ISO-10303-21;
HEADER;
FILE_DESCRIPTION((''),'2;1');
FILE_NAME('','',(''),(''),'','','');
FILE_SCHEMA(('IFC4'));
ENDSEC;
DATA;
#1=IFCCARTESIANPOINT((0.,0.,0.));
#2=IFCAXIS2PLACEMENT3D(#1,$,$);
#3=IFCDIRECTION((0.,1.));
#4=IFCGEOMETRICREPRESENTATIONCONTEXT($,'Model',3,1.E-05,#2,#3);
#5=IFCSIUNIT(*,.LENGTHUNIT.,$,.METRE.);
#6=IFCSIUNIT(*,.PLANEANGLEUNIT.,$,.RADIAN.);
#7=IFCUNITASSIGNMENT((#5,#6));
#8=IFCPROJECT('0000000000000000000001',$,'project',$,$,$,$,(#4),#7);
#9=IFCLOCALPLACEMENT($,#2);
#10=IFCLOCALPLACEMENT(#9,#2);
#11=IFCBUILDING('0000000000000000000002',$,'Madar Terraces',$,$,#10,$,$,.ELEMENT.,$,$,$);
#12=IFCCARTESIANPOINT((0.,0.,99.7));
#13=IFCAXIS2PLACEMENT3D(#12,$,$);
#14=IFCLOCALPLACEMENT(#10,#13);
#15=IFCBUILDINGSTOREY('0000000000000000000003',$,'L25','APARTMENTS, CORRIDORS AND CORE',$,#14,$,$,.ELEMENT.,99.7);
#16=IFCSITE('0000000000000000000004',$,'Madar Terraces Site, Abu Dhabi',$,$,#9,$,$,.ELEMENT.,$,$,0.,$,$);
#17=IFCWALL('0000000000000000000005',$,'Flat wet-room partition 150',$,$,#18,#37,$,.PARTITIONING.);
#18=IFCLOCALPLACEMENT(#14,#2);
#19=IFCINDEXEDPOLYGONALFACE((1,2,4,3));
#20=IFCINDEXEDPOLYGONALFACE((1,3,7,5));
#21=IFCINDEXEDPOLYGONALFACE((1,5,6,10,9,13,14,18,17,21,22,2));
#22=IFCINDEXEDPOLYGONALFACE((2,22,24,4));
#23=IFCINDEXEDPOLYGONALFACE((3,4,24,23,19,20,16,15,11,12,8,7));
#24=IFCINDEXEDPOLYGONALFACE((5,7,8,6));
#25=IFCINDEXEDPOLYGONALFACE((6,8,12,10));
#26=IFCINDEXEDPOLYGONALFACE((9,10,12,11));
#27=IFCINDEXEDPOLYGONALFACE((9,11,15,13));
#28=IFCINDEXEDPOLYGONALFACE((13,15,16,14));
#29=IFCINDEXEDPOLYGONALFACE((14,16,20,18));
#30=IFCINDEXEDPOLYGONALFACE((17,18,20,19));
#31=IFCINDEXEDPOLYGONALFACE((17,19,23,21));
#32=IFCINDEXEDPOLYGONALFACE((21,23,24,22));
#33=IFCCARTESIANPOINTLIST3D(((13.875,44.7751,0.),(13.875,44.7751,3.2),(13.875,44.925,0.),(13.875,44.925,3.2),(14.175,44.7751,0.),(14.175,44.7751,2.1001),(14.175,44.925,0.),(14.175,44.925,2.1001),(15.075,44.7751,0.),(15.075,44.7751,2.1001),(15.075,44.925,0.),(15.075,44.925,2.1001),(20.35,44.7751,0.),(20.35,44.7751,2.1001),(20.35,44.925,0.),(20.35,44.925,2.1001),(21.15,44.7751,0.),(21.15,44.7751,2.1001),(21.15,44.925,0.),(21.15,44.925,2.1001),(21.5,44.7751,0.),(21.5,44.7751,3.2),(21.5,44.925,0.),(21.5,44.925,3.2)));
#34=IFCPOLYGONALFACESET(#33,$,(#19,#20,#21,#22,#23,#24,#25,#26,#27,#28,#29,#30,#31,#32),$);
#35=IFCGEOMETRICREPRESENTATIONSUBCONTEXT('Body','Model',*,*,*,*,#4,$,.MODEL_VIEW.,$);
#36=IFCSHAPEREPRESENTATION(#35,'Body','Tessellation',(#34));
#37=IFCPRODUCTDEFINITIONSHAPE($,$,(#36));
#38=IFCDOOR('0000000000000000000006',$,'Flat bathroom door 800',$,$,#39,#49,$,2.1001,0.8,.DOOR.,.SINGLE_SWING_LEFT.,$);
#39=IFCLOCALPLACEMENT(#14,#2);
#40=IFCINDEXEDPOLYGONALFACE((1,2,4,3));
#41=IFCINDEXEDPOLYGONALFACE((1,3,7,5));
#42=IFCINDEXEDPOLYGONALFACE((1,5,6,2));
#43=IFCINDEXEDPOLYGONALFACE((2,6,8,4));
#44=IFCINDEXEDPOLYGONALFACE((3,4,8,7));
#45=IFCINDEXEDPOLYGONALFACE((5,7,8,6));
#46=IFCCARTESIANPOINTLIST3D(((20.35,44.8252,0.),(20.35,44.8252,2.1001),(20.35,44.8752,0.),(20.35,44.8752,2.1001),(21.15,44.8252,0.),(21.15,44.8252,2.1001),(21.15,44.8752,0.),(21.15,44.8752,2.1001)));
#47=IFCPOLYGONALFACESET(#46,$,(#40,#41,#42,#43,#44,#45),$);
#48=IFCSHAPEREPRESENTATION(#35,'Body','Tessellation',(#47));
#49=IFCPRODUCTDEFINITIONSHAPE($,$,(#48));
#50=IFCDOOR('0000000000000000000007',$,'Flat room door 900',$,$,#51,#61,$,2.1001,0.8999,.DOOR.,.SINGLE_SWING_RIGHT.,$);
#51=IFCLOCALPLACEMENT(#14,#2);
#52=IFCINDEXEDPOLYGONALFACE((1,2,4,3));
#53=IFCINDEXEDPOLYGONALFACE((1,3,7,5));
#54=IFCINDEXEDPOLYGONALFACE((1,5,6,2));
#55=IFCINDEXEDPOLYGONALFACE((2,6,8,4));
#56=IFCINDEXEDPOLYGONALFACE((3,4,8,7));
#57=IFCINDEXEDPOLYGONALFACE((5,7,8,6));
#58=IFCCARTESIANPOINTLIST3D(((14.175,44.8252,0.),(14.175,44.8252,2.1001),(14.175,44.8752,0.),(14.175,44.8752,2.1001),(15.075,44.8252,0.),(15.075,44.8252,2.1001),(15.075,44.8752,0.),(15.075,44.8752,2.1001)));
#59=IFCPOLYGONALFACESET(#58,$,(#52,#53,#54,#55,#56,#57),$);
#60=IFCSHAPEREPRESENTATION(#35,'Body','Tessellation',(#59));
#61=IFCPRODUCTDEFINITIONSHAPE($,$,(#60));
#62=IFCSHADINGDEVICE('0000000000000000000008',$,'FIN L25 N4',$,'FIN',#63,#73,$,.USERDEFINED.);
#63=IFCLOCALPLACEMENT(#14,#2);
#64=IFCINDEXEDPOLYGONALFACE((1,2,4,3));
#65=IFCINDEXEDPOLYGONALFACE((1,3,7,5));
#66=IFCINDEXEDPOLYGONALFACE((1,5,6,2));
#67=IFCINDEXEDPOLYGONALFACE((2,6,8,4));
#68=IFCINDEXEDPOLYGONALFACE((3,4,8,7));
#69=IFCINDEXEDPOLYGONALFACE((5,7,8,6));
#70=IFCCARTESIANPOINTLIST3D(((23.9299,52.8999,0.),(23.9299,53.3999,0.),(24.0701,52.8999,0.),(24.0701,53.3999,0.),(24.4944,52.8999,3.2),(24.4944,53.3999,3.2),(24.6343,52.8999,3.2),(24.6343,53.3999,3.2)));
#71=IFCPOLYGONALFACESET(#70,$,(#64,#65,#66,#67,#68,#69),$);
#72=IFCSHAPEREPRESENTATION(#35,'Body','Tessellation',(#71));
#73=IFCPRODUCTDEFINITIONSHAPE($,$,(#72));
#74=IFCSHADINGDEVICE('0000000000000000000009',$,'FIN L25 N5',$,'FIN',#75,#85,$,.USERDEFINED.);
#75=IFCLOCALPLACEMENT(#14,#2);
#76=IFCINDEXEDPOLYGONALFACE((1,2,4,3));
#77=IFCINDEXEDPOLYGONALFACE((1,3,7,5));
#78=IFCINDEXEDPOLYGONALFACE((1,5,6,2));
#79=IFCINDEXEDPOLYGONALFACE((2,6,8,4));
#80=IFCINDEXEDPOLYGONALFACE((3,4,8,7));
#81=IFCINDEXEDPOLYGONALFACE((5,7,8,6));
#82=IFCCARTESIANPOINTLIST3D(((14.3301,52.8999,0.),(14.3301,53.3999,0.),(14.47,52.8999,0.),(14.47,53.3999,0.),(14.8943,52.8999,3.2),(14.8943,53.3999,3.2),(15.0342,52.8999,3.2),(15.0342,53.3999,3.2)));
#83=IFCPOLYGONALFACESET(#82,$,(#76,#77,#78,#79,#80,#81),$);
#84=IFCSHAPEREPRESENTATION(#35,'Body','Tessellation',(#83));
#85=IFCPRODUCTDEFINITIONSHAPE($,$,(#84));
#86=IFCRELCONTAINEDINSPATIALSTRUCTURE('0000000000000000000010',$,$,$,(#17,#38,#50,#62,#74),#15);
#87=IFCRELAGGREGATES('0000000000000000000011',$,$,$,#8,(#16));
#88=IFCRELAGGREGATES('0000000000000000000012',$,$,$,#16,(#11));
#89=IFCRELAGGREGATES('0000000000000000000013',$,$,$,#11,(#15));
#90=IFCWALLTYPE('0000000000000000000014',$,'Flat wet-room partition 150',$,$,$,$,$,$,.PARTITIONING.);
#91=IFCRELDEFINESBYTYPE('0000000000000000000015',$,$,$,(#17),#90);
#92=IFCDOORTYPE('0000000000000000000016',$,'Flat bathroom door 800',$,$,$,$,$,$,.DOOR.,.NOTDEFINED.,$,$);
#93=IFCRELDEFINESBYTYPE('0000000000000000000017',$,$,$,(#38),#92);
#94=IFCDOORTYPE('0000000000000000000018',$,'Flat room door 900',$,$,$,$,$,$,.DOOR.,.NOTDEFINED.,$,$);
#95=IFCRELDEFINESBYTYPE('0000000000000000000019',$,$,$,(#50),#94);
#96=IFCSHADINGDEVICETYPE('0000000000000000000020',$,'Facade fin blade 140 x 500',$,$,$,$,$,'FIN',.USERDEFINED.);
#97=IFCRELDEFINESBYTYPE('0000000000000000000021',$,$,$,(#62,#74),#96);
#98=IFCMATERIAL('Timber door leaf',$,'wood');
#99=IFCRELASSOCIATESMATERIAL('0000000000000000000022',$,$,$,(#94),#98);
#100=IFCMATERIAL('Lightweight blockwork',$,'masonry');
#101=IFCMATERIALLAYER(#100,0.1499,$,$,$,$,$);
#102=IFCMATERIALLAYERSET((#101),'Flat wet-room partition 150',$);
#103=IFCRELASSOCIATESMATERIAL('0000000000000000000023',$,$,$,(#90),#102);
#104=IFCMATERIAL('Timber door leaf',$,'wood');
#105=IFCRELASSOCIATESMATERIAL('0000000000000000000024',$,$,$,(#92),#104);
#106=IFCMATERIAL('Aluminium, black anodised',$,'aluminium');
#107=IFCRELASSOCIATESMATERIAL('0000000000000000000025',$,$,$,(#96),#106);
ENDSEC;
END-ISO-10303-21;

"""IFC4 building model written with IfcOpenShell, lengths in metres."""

from ifc_helpers import new_model, si_unit, direction, frame, frame_2d, origin, place, context, subcontext, project, spatial, polyline, rectangle, outline, extrude, material, layer, layer_set, type_object, element, fill, save


model = new_model("IFC4")

# Units and contexts
model_context = context("Model", 3, precision=1e-05, world=origin(), true_north=direction((0.0, 1.0)))
body_context = subcontext(model_context, "Body", "Model", "MODEL_VIEW")
ifc_project = project(units=[si_unit("LENGTHUNIT", "METRE"), si_unit("PLANEANGLEUNIT", "RADIAN")], contexts=[model_context])

# Site, building, storey
site_placement = place(None, origin())
site = spatial("IfcSite", under=ifc_project, at=site_placement, Name="Madar Terraces Site, Abu Dhabi", CompositionType="ELEMENT", RefElevation=0.0)
building_placement = place(site_placement, origin())
building = spatial("IfcBuilding", under=site, at=building_placement, Name="Madar Terraces", CompositionType="ELEMENT")
storey_placement = place(building_placement, frame((0.0, 0.0, 99.7)))
storey = spatial("IfcBuildingStorey", under=building, at=storey_placement, Name="L25", Description="APARTMENTS, CORRIDORS AND CORE", CompositionType="ELEMENT", Elevation=99.7)

# Shared definitions
ifc_material_1 = material(Name="Timber door leaf", Category="wood")
door_type_1 = type_object("IfcDoorType", Name="Flat room door 900", OperationType="NOTDEFINED", PredefinedType="DOOR", material=ifc_material_1)

# Wall, openings, doors
ifc_material_2 = material(Name="Lightweight blockwork", Category="masonry")
ifc_layer_1 = layer(ifc_material_2, 0.1499)
ifc_layer_set_1 = layer_set([ifc_layer_1], Name="Flat wet-room partition 150")
wall_type_1 = type_object("IfcWallType", Name="Flat wet-room partition 150", PredefinedType="PARTITIONING", material=ifc_layer_set_1)
wall_1_placement = place(storey_placement, frame((21.5, 44.8501, 0.0), z_axis=(0.0, 0.0, 1.0), x_axis=(-1.0, 0.0, 0.0)))
wall_1 = element("IfcWall", 1, at=wall_1_placement, inside=storey, type_object=wall_type_1, Name="Flat wet-room partition 150", PredefinedType="PARTITIONING", context=body_context, shape_type="SweptSolid", body=[
    extrude(rectangle(XDim=7.625, YDim=0.1499, at=frame_2d((3.8125, 0.0))), origin(), (0.0, 0.0, 1.0), 3.2),
])
opening_1_placement = place(wall_1_placement, frame((6.425, 0.0, 0.0)))
opening_1 = element("IfcOpeningElement", 2, at=opening_1_placement, cuts=wall_1, PredefinedType="OPENING", context=body_context, shape_type="SweptSolid", body=[
    extrude(rectangle(XDim=0.8999, YDim=2.1001, at=frame_2d((0.45, 1.05))), frame((0.0, 0.085, 0.0), z_axis=(0.0, -1.0, 0.0), x_axis=(1.0, 0.0, 0.0)), (0.0, 0.0, 1.0), 0.1699),
])
opening_2_placement = place(wall_1_placement, frame((0.3501, 0.0, 0.0)))
opening_2 = element("IfcOpeningElement", 3, at=opening_2_placement, cuts=wall_1, PredefinedType="OPENING", context=body_context, shape_type="SweptSolid", body=[
    extrude(rectangle(XDim=0.8, YDim=2.1001, at=frame_2d((0.3999, 1.05))), frame((0.0, 0.085, 0.0), z_axis=(0.0, -1.0, 0.0), x_axis=(1.0, 0.0, 0.0)), (0.0, 0.0, 1.0), 0.1699),
])
ifc_material_3 = material(Name="Timber door leaf", Category="wood")
door_type_2 = type_object("IfcDoorType", Name="Flat bathroom door 800", OperationType="NOTDEFINED", PredefinedType="DOOR", material=ifc_material_3)
door_1_placement = place(opening_2_placement, origin())
door_1 = element("IfcDoor", 4, at=door_1_placement, inside=storey, type_object=door_type_2, Name="Flat bathroom door 800", OperationType="SINGLE_SWING_LEFT", OverallHeight=2.1001, OverallWidth=0.8, PredefinedType="DOOR", context=body_context, shape_type="SweptSolid", body=[
    extrude(rectangle(XDim=0.8, YDim=2.1001, at=frame_2d((0.3999, 1.05))), frame((0.0, 0.0249, 0.0), z_axis=(0.0, -1.0, 0.0), x_axis=(1.0, 0.0, 0.0)), (0.0, 0.0, 1.0), 0.05),
])
fill(opening_2, door_1)
door_2_placement = place(opening_1_placement, origin())
door_2 = element("IfcDoor", 5, at=door_2_placement, inside=storey, type_object=door_type_1, Name="Flat room door 900", OperationType="SINGLE_SWING_RIGHT", OverallHeight=2.1001, OverallWidth=0.8999, PredefinedType="DOOR", context=body_context, shape_type="SweptSolid", body=[
    extrude(rectangle(XDim=0.8999, YDim=2.1001, at=frame_2d((0.45, 1.05))), frame((0.0, 0.0249, 0.0), z_axis=(0.0, -1.0, 0.0), x_axis=(1.0, 0.0, 0.0)), (0.0, 0.0, 1.0), 0.05),
])
fill(opening_1, door_2)

# Shading devices
ifc_material_4 = material(Name="Aluminium, black anodised", Category="aluminium")
shading_device_type = type_object("IfcShadingDeviceType", Name="Facade fin blade 140 x 500", ElementType="FIN", PredefinedType="USERDEFINED", material=ifc_material_4)
shading_device_1_placement = place(storey_placement, frame((24.0701, 53.1499, 0.0), z_axis=(0.0, 0.0, 1.0), x_axis=(-1.0, 0.0, 0.0)))
element("IfcShadingDevice", 6, at=shading_device_1_placement, inside=storey, type_object=shading_device_type, Name="FIN L25 N4", ObjectType="FIN", PredefinedType="USERDEFINED", context=body_context, shape_type="SweptSolid", body=[
    extrude(outline(polyline([(0.0, 0.0), (0.1401, 0.0), (-0.4243, 3.2), (-0.5642, 3.2), (0.0, 0.0)])), frame((0.0, 0.25, 0.0), z_axis=(0.0, -1.0, 0.0), x_axis=(1.0, 0.0, 0.0)), (0.0, 0.0, 1.0), 0.5),
])
shading_device_2_placement = place(storey_placement, frame((14.47, 53.1499, 0.0), z_axis=(0.0, 0.0, 1.0), x_axis=(-1.0, 0.0, 0.0)))
element("IfcShadingDevice", 7, at=shading_device_2_placement, inside=storey, type_object=shading_device_type, Name="FIN L25 N5", ObjectType="FIN", PredefinedType="USERDEFINED", context=body_context, shape_type="SweptSolid", body=[
    extrude(outline(polyline([(0.0, 0.0), (0.1399, 0.0), (-0.4243, 3.2), (-0.5642, 3.2), (0.0, 0.0)])), frame((0.0, 0.25, 0.0), z_axis=(0.0, -1.0, 0.0), x_axis=(1.0, 0.0, 0.0)), (0.0, 0.0, 1.0), 0.5),
])

save(model, "model.ifc")
